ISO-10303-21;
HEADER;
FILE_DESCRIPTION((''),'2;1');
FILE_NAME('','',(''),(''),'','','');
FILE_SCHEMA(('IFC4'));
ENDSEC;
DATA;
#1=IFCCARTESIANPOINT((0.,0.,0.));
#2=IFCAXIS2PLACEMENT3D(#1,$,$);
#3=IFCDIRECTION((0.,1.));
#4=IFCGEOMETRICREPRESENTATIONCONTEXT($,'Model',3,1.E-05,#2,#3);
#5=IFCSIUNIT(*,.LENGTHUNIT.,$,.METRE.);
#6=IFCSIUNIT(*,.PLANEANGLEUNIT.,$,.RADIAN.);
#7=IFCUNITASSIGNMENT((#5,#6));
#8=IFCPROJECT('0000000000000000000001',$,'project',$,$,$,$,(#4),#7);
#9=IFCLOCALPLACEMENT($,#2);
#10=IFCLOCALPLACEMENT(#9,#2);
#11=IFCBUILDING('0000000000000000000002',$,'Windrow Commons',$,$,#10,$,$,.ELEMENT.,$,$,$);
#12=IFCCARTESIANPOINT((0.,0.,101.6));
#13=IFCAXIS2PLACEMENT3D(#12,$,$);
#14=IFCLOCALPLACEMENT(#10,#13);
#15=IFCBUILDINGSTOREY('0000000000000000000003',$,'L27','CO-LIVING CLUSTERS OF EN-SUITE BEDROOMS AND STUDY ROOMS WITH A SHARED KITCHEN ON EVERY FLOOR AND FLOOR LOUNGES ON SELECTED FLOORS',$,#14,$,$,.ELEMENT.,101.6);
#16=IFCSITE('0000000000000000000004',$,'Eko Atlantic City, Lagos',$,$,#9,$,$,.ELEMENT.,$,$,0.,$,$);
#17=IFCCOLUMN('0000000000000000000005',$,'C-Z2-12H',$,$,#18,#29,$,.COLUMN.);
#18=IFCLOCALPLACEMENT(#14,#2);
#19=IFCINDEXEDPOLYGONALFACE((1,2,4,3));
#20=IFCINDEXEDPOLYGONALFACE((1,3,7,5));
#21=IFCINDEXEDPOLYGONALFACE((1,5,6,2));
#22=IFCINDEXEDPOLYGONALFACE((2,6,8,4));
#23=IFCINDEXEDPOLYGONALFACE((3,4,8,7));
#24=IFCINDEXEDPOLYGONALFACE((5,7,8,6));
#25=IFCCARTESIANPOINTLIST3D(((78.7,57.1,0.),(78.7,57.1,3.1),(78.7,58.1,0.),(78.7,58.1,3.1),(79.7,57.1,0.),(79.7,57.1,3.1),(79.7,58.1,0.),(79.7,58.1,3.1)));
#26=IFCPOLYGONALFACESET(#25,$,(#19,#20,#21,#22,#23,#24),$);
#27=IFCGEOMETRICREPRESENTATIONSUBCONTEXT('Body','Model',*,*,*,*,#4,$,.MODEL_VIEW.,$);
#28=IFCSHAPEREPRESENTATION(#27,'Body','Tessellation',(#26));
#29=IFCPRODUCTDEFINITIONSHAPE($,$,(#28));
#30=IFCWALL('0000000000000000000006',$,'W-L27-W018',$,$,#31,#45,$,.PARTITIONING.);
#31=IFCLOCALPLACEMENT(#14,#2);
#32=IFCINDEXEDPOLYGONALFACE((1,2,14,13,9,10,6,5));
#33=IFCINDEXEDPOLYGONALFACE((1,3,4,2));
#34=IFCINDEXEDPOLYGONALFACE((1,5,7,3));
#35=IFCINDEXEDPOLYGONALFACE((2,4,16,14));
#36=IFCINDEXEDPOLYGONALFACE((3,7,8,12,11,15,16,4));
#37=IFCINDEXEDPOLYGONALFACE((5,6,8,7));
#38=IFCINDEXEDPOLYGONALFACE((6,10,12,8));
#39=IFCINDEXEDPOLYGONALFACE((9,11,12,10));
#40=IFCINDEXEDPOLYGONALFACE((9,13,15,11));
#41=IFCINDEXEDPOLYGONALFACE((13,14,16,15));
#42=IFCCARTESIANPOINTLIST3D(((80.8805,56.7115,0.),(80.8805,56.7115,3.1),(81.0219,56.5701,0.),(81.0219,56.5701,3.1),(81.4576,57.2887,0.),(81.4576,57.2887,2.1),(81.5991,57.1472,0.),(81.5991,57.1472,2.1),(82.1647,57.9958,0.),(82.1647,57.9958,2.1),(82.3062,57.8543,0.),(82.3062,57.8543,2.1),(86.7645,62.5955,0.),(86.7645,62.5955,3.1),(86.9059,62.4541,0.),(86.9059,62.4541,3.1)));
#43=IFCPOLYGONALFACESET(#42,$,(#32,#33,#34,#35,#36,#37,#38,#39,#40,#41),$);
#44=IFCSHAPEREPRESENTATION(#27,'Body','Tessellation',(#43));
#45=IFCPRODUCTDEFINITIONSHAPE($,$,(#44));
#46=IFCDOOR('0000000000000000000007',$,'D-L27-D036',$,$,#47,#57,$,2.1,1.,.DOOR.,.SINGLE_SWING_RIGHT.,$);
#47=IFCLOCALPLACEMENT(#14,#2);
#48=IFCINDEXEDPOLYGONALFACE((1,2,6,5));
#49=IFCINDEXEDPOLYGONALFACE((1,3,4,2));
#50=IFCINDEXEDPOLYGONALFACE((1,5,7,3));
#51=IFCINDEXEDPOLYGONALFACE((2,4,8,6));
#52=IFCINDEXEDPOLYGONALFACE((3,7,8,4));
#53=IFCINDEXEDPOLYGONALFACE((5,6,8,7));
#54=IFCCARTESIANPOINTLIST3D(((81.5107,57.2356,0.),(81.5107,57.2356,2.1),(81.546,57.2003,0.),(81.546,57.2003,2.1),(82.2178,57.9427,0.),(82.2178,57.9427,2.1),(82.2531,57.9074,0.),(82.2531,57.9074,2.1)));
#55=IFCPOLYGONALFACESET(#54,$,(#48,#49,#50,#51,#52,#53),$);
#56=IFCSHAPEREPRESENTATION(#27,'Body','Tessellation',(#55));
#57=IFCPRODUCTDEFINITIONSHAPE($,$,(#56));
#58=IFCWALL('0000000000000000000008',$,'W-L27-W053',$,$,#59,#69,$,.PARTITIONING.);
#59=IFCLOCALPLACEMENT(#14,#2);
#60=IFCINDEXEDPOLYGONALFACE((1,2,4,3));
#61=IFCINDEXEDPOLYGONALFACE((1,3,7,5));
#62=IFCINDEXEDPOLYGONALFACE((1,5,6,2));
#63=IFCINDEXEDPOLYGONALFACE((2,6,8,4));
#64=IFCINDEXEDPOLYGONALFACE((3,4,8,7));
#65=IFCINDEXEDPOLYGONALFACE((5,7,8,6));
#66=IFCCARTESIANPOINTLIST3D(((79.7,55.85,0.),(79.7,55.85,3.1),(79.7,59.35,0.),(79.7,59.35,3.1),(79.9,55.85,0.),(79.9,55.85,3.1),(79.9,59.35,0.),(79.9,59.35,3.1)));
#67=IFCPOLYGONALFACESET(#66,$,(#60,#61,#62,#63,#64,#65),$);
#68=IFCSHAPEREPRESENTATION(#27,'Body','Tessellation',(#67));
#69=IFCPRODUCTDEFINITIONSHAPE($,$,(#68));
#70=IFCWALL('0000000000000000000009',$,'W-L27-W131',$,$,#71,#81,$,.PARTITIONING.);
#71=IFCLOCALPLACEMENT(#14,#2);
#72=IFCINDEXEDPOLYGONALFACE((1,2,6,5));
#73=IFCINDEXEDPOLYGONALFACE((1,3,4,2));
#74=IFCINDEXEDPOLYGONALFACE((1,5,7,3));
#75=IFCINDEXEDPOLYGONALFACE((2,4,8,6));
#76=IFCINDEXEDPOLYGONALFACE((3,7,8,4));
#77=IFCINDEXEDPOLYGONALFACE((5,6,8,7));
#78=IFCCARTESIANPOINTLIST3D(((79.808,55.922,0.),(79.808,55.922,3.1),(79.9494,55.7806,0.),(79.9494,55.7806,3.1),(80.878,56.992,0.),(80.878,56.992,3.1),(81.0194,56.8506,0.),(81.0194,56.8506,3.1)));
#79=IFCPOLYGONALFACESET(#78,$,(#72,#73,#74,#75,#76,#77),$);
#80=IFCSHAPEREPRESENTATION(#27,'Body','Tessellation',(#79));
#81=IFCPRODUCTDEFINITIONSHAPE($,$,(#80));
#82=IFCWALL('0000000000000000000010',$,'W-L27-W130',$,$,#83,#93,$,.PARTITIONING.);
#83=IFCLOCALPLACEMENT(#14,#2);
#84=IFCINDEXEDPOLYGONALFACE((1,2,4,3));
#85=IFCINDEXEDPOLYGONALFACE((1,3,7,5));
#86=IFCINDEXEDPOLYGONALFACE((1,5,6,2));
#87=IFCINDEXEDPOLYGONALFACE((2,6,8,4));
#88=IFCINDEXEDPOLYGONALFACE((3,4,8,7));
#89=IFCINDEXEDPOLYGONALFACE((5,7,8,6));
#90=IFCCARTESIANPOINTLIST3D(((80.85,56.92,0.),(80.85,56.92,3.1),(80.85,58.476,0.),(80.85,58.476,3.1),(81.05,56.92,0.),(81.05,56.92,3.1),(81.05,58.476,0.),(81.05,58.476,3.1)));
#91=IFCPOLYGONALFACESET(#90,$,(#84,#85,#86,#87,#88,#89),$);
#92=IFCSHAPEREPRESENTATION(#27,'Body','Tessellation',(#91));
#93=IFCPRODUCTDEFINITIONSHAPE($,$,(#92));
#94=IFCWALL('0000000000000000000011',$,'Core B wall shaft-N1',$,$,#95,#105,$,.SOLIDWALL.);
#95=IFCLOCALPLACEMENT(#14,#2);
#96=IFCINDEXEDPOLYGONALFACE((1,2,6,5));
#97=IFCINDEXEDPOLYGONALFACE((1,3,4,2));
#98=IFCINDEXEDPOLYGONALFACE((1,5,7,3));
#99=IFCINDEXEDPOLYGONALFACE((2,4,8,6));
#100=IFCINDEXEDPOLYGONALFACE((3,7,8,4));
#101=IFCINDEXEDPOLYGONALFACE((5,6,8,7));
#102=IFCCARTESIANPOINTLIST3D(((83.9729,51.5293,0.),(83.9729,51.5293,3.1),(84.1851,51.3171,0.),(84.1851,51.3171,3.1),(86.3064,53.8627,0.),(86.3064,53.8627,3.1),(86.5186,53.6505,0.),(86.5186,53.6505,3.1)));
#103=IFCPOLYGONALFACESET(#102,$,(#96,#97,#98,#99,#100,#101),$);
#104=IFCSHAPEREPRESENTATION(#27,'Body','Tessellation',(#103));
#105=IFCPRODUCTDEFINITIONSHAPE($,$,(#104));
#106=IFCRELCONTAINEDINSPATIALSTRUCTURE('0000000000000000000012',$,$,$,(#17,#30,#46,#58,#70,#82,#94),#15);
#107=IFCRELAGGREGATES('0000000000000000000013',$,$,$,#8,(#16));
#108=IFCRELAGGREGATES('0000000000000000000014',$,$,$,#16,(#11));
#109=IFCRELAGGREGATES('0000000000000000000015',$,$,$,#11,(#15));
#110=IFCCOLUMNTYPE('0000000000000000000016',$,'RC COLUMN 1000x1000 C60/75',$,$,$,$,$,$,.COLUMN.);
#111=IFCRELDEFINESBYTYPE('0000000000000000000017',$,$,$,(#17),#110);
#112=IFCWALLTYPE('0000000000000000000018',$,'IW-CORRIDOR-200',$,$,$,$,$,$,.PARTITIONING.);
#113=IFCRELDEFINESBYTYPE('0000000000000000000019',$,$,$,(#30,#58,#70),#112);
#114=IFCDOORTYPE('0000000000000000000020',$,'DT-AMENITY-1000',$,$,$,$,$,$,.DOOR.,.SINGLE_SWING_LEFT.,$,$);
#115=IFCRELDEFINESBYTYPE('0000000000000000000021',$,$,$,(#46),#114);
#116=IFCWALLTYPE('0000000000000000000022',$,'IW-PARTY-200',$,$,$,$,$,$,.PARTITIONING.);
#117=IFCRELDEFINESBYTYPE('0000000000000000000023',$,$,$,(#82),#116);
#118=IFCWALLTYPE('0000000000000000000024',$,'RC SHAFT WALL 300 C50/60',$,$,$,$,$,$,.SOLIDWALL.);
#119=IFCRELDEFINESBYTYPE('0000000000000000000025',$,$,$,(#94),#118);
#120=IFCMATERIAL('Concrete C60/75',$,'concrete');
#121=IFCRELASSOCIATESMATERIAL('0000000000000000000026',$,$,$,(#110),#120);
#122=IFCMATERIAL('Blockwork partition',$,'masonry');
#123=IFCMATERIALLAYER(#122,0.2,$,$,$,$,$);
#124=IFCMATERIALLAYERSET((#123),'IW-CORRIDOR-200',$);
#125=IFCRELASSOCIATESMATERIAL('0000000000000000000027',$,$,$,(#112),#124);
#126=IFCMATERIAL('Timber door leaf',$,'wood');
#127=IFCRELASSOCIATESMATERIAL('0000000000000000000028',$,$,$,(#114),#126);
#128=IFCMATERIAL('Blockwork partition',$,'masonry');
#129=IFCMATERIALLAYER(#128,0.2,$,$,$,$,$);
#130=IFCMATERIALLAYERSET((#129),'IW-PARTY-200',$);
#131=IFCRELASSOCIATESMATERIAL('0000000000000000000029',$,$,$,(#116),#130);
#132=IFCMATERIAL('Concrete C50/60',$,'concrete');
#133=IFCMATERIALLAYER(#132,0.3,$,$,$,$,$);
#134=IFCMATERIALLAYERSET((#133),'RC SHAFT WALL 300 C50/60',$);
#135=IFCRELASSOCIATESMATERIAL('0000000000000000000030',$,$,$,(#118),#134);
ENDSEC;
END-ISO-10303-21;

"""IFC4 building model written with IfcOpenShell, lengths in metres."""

from ifc_helpers import new_model, si_unit, direction, frame, frame_2d, origin, origin_2d, place, context, subcontext, project, spatial, rectangle, extrude, material, layer, layer_set, material_profile, profile_set, type_object, element, fill, save


model = new_model("IFC4")

# Units and contexts
model_context = context("Model", 3, precision=1e-05, world=origin(), true_north=direction((0.0, 1.0)))
body_context = subcontext(model_context, "Body", "Model", "MODEL_VIEW")
ifc_project = project(units=[si_unit("LENGTHUNIT", "METRE"), si_unit("PLANEANGLEUNIT", "RADIAN")], contexts=[model_context])

# Site, building, storey
site_placement = place(None, origin())
site = spatial("IfcSite", under=ifc_project, at=site_placement, Name="Eko Atlantic City, Lagos", CompositionType="ELEMENT", RefElevation=0.0)
building_placement = place(site_placement, origin())
building = spatial("IfcBuilding", under=site, at=building_placement, Name="Windrow Commons", CompositionType="ELEMENT")
storey_placement = place(building_placement, frame((0.0, 0.0, 101.6)))
storey = spatial("IfcBuildingStorey", under=building, at=storey_placement, Name="L27", Description="CO-LIVING CLUSTERS OF EN-SUITE BEDROOMS AND STUDY ROOMS WITH A SHARED KITCHEN ON EVERY FLOOR AND FLOOR LOUNGES ON SELECTED FLOORS", CompositionType="ELEMENT", Elevation=101.6)

# Column
ifc_material_1 = material(Name="Concrete C60/75", Category="concrete")
ifc_material_profile = material_profile(ifc_material_1, rectangle(XDim=1.0, YDim=1.0, at=origin_2d()))
ifc_profile_set = profile_set([ifc_material_profile], Name="Concrete C60/75")
column_type = type_object("IfcColumnType", Name="RC COLUMN 1000x1000 C60/75", PredefinedType="COLUMN", material=ifc_profile_set)
column_placement = place(storey_placement, frame((79.2, 57.6, 0.0), z_axis=(0.0, 0.0, 1.0), x_axis=(1.0, 0.0, 0.0)))
element("IfcColumn", 1, at=column_placement, inside=storey, type_object=column_type, Name="C-Z2-12H", PredefinedType="COLUMN", context=body_context, shape_type="SweptSolid", body=[
    extrude(rectangle(XDim=1.0, YDim=1.0, at=origin_2d()), origin(), (0.0, 0.0, 1.0), 3.1),
])

# Wall, opening, door
ifc_material_2 = material(Name="Blockwork partition", Category="masonry")
ifc_layer_1 = layer(ifc_material_2, 0.2)
ifc_layer_set_1 = layer_set([ifc_layer_1], Name="IW-CORRIDOR-200")
wall_type_1 = type_object("IfcWallType", Name="IW-CORRIDOR-200", PredefinedType="PARTITIONING", material=ifc_layer_set_1)
wall_1_placement = place(storey_placement, frame((80.9512, 56.6408, 0.0), z_axis=(0.0, 0.0, 1.0), x_axis=(0.707107, 0.707107, 0.0)))
wall_1 = element("IfcWall", 2, at=wall_1_placement, inside=storey, type_object=wall_type_1, Name="W-L27-W018", PredefinedType="PARTITIONING", context=body_context, shape_type="SweptSolid", body=[
    extrude(rectangle(XDim=8.3212, YDim=0.2, at=frame_2d((4.1606, 0.0))), origin(), (0.0, 0.0, 1.0), 3.1),
])
opening_1_placement = place(wall_1_placement, frame((0.8162, 0.0, 0.0)))
opening_1 = element("IfcOpeningElement", 3, at=opening_1_placement, cuts=wall_1, PredefinedType="OPENING", context=body_context, shape_type="SweptSolid", body=[
    extrude(rectangle(XDim=1.0, YDim=2.1, at=frame_2d((0.5, 1.05))), frame((0.0, 0.11, 0.0), z_axis=(0.0, -1.0, 0.0), x_axis=(1.0, 0.0, 0.0)), (0.0, 0.0, 1.0), 0.22),
])
ifc_material_3 = material(Name="Timber door leaf", Category="wood")
door_type_1 = type_object("IfcDoorType", Name="DT-AMENITY-1000", OperationType="SINGLE_SWING_LEFT", PredefinedType="DOOR", material=ifc_material_3)
door_1_placement = place(opening_1_placement, origin())
door_1 = element("IfcDoor", 4, at=door_1_placement, inside=storey, type_object=door_type_1, Name="D-L27-D036", OperationType="SINGLE_SWING_RIGHT", OverallHeight=2.1, OverallWidth=1.0, PredefinedType="DOOR", context=body_context, shape_type="SweptSolid", body=[
    extrude(rectangle(XDim=1.0, YDim=2.1, at=frame_2d((0.5, 1.05))), frame((0.0, 0.025, 0.0), z_axis=(0.0, -1.0, 0.0), x_axis=(1.0, 0.0, 0.0)), (0.0, 0.0, 1.0), 0.05),
])
fill(opening_1, door_1)

# Walls
wall_2_placement = place(storey_placement, frame((79.8, 55.85, 0.0), z_axis=(0.0, 0.0, 1.0), x_axis=(0.0, 1.0, 0.0)))
element("IfcWall", 5, at=wall_2_placement, inside=storey, type_object=wall_type_1, Name="W-L27-W053", PredefinedType="PARTITIONING", context=body_context, shape_type="SweptSolid", body=[
    extrude(rectangle(XDim=3.5, YDim=0.2, at=frame_2d((1.75, 0.0))), origin(), (0.0, 0.0, 1.0), 3.1),
])
wall_3_placement = place(storey_placement, frame((79.8787, 55.8513, 0.0), z_axis=(0.0, 0.0, 1.0), x_axis=(0.707107, 0.707107, 0.0)))
element("IfcWall", 6, at=wall_3_placement, inside=storey, type_object=wall_type_1, Name="W-L27-W131", PredefinedType="PARTITIONING", context=body_context, shape_type="SweptSolid", body=[
    extrude(rectangle(XDim=1.5132, YDim=0.2, at=frame_2d((0.7566, 0.0))), origin(), (0.0, 0.0, 1.0), 3.1),
])
ifc_material_4 = material(Name="Blockwork partition", Category="masonry")
ifc_layer_2 = layer(ifc_material_4, 0.2)
ifc_layer_set_2 = layer_set([ifc_layer_2], Name="IW-PARTY-200")
wall_type_2 = type_object("IfcWallType", Name="IW-PARTY-200", PredefinedType="PARTITIONING", material=ifc_layer_set_2)
wall_4_placement = place(storey_placement, frame((80.95, 56.92, 0.0), z_axis=(0.0, 0.0, 1.0), x_axis=(0.0, 1.0, 0.0)))
element("IfcWall", 7, at=wall_4_placement, inside=storey, type_object=wall_type_2, Name="W-L27-W130", PredefinedType="PARTITIONING", context=body_context, shape_type="SweptSolid", body=[
    extrude(rectangle(XDim=1.556, YDim=0.2, at=frame_2d((0.778, 0.0))), origin(), (0.0, 0.0, 1.0), 3.1),
])
ifc_material_5 = material(Name="Concrete C50/60", Category="concrete")
ifc_layer_3 = layer(ifc_material_5, 0.3)
ifc_layer_set_3 = layer_set([ifc_layer_3], Name="RC SHAFT WALL 300 C50/60")
wall_type_3 = type_object("IfcWallType", Name="RC SHAFT WALL 300 C50/60", PredefinedType="SOLIDWALL", material=ifc_layer_set_3)
wall_5_placement = place(storey_placement, frame((84.079, 51.4232, 0.0), z_axis=(0.0, 0.0, 1.0), x_axis=(0.707122, 0.707092, 0.0)))
element("IfcWall", 8, at=wall_5_placement, inside=storey, type_object=wall_type_3, Name="Core B wall shaft-N1", PredefinedType="SOLIDWALL", context=body_context, shape_type="SweptSolid", body=[
    extrude(rectangle(XDim=3.3, YDim=0.3, at=frame_2d((1.65, 0.0))), origin(), (0.0, 0.0, 1.0), 3.1),
])

save(model, "model.ifc")
